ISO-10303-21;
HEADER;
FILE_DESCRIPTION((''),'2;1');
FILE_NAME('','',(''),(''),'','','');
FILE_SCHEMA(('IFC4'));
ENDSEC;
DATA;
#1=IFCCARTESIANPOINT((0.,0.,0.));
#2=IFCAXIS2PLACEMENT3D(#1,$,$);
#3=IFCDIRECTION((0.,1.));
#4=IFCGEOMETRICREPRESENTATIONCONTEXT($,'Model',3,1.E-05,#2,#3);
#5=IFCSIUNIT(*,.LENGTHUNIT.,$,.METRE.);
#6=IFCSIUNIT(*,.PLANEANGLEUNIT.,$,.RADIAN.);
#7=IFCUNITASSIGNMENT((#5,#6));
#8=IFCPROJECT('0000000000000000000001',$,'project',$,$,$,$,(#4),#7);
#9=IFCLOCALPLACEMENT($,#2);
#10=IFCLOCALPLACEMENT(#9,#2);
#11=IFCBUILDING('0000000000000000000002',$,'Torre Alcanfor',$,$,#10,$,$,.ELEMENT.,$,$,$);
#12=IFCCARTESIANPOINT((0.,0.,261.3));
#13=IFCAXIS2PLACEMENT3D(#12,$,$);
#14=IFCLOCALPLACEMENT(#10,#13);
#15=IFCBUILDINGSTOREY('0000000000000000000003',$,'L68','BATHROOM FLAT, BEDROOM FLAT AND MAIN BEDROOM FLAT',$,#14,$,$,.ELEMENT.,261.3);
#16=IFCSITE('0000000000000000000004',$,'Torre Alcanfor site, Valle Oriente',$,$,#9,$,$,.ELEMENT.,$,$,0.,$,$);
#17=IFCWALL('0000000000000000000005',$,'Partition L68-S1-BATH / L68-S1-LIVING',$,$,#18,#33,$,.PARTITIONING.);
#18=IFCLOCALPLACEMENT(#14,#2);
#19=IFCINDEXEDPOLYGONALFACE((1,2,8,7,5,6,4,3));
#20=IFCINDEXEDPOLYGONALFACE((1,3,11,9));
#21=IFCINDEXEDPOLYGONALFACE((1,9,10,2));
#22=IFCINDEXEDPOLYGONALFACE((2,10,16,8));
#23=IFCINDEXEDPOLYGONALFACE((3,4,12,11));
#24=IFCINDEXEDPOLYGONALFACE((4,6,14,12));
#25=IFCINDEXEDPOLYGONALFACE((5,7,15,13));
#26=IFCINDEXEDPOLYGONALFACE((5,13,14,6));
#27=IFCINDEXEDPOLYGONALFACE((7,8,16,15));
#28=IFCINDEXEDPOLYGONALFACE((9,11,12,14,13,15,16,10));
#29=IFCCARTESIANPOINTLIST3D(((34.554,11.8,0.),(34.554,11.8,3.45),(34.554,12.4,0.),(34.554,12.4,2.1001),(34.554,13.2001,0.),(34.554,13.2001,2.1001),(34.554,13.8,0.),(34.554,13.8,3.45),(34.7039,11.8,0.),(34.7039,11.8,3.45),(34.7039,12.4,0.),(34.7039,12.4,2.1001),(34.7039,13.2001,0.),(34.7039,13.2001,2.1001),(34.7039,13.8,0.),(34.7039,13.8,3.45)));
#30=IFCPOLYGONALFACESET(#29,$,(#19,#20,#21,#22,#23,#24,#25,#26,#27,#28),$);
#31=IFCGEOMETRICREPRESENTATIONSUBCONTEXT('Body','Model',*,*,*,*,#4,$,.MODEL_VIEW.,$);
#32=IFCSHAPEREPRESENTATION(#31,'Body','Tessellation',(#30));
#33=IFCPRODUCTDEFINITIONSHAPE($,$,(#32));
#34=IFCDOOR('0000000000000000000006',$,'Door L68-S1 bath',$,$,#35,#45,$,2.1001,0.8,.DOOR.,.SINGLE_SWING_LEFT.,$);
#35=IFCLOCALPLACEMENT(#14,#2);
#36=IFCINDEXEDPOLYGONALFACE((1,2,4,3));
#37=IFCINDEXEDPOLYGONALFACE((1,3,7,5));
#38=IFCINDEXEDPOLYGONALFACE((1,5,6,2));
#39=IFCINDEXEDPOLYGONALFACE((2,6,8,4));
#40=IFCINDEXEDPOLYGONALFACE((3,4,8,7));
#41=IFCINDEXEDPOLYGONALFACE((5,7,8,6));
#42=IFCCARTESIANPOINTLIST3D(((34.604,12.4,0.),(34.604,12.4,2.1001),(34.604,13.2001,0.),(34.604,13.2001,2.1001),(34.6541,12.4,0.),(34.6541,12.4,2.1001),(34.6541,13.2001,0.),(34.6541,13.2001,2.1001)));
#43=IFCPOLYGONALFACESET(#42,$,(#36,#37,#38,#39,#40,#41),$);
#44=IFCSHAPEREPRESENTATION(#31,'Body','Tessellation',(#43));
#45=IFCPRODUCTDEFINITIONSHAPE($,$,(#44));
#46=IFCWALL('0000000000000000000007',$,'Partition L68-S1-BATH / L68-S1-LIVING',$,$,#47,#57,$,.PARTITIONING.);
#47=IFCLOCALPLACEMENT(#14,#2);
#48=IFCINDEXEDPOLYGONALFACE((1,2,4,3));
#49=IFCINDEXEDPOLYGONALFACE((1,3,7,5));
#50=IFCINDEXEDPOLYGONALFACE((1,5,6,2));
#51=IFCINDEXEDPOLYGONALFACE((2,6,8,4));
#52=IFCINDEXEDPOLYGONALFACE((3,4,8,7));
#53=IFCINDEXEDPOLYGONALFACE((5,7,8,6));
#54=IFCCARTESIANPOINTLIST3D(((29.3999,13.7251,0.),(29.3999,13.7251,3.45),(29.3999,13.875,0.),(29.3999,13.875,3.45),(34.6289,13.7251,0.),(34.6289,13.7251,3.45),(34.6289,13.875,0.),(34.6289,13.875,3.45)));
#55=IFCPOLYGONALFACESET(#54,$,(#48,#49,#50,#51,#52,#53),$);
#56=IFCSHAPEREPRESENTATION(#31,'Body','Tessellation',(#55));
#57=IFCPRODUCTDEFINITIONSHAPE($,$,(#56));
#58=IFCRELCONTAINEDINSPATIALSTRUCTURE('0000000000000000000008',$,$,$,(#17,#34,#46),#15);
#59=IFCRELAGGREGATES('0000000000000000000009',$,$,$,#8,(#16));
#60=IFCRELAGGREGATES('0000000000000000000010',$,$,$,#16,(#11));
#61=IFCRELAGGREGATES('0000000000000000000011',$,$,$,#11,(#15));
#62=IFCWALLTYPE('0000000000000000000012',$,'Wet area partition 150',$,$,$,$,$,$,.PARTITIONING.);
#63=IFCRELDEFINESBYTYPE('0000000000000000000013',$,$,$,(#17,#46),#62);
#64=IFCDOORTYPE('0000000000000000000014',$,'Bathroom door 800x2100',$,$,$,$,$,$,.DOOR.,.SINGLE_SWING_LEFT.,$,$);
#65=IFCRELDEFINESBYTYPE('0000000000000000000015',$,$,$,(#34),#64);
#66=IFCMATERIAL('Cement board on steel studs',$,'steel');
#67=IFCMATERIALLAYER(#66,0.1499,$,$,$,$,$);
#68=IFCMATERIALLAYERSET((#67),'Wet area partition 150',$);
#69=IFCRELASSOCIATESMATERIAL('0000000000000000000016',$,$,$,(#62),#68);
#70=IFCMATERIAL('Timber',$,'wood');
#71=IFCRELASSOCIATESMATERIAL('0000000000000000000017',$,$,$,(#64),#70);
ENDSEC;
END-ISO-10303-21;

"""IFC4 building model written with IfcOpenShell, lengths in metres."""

from ifc_helpers import new_model, si_unit, direction, frame, frame_2d, origin, place, context, subcontext, project, spatial, rectangle, extrude, material, layer, layer_set, type_object, element, fill, save


model = new_model("IFC4")

# Units and contexts
model_context = context("Model", 3, precision=1e-05, world=origin(), true_north=direction((0.0, 1.0)))
body_context = subcontext(model_context, "Body", "Model", "MODEL_VIEW")
ifc_project = project(units=[si_unit("LENGTHUNIT", "METRE"), si_unit("PLANEANGLEUNIT", "RADIAN")], contexts=[model_context])

# Site, building, storey
site_placement = place(None, origin())
site = spatial("IfcSite", under=ifc_project, at=site_placement, Name="Torre Alcanfor site, Valle Oriente", CompositionType="ELEMENT", RefElevation=0.0)
building_placement = place(site_placement, origin())
building = spatial("IfcBuilding", under=site, at=building_placement, Name="Torre Alcanfor", CompositionType="ELEMENT")
storey_placement = place(building_placement, frame((0.0, 0.0, 261.3)))
storey = spatial("IfcBuildingStorey", under=building, at=storey_placement, Name="L68", Description="BATHROOM FLAT, BEDROOM FLAT AND MAIN BEDROOM FLAT", CompositionType="ELEMENT", Elevation=261.3)

# Shared definitions
ifc_material_1 = material(Name="Cement board on steel studs", Category="steel")
ifc_layer_1 = layer(ifc_material_1, 0.1499)
ifc_layer_set_1 = layer_set([ifc_layer_1], Name="Wet area partition 150")
wall_type_1 = type_object("IfcWallType", Name="Wet area partition 150", PredefinedType="PARTITIONING", material=ifc_layer_set_1)

# Wall, opening, door
wall_1_placement = place(storey_placement, frame((34.6289, 11.8, 0.0), z_axis=(0.0, 0.0, 1.0), x_axis=(0.0, 1.0, 0.0)))
wall_1 = element("IfcWall", 1, at=wall_1_placement, inside=storey, type_object=wall_type_1, Name="Partition L68-S1-BATH / L68-S1-LIVING", PredefinedType="PARTITIONING", context=body_context, shape_type="SweptSolid", body=[
    extrude(rectangle(XDim=2.0, YDim=0.1499, at=frame_2d((1.0, 0.0))), origin(), (0.0, 0.0, 1.0), 3.45),
])
opening_1_placement = place(wall_1_placement, frame((0.6001, 0.0, 0.0)))
opening_1 = element("IfcOpeningElement", 2, at=opening_1_placement, cuts=wall_1, PredefinedType="OPENING", context=body_context, shape_type="SweptSolid", body=[
    extrude(rectangle(XDim=0.8, YDim=2.1001, at=frame_2d((0.3999, 1.05))), frame((0.0, 0.085, 0.0), z_axis=(0.0, -1.0, 0.0), x_axis=(1.0, 0.0, 0.0)), (0.0, 0.0, 1.0), 0.1699),
])
ifc_material_2 = material(Name="Timber", Category="wood")
door_type_1 = type_object("IfcDoorType", Name="Bathroom door 800x2100", OperationType="SINGLE_SWING_LEFT", PredefinedType="DOOR", material=ifc_material_2)
door_1_placement = place(opening_1_placement, origin())
door_1 = element("IfcDoor", 3, at=door_1_placement, inside=storey, type_object=door_type_1, Name="Door L68-S1 bath", OperationType="SINGLE_SWING_LEFT", OverallHeight=2.1001, OverallWidth=0.8, PredefinedType="DOOR", context=body_context, shape_type="SweptSolid", body=[
    extrude(rectangle(XDim=0.8, YDim=2.1001, at=frame_2d((0.3999, 1.05))), frame((0.0, 0.0249, 0.0), z_axis=(0.0, -1.0, 0.0), x_axis=(1.0, 0.0, 0.0)), (0.0, 0.0, 1.0), 0.05),
])
fill(opening_1, door_1)

# Wall
wall_2_placement = place(storey_placement, frame((34.6289, 13.8, 0.0), z_axis=(0.0, 0.0, 1.0), x_axis=(-1.0, 0.0, 0.0)))
element("IfcWall", 4, at=wall_2_placement, inside=storey, type_object=wall_type_1, Name="Partition L68-S1-BATH / L68-S1-LIVING", PredefinedType="PARTITIONING", context=body_context, shape_type="SweptSolid", body=[
    extrude(rectangle(XDim=5.229, YDim=0.1499, at=frame_2d((2.6145, 0.0))), origin(), (0.0, 0.0, 1.0), 3.45),
])

save(model, "model.ifc")
